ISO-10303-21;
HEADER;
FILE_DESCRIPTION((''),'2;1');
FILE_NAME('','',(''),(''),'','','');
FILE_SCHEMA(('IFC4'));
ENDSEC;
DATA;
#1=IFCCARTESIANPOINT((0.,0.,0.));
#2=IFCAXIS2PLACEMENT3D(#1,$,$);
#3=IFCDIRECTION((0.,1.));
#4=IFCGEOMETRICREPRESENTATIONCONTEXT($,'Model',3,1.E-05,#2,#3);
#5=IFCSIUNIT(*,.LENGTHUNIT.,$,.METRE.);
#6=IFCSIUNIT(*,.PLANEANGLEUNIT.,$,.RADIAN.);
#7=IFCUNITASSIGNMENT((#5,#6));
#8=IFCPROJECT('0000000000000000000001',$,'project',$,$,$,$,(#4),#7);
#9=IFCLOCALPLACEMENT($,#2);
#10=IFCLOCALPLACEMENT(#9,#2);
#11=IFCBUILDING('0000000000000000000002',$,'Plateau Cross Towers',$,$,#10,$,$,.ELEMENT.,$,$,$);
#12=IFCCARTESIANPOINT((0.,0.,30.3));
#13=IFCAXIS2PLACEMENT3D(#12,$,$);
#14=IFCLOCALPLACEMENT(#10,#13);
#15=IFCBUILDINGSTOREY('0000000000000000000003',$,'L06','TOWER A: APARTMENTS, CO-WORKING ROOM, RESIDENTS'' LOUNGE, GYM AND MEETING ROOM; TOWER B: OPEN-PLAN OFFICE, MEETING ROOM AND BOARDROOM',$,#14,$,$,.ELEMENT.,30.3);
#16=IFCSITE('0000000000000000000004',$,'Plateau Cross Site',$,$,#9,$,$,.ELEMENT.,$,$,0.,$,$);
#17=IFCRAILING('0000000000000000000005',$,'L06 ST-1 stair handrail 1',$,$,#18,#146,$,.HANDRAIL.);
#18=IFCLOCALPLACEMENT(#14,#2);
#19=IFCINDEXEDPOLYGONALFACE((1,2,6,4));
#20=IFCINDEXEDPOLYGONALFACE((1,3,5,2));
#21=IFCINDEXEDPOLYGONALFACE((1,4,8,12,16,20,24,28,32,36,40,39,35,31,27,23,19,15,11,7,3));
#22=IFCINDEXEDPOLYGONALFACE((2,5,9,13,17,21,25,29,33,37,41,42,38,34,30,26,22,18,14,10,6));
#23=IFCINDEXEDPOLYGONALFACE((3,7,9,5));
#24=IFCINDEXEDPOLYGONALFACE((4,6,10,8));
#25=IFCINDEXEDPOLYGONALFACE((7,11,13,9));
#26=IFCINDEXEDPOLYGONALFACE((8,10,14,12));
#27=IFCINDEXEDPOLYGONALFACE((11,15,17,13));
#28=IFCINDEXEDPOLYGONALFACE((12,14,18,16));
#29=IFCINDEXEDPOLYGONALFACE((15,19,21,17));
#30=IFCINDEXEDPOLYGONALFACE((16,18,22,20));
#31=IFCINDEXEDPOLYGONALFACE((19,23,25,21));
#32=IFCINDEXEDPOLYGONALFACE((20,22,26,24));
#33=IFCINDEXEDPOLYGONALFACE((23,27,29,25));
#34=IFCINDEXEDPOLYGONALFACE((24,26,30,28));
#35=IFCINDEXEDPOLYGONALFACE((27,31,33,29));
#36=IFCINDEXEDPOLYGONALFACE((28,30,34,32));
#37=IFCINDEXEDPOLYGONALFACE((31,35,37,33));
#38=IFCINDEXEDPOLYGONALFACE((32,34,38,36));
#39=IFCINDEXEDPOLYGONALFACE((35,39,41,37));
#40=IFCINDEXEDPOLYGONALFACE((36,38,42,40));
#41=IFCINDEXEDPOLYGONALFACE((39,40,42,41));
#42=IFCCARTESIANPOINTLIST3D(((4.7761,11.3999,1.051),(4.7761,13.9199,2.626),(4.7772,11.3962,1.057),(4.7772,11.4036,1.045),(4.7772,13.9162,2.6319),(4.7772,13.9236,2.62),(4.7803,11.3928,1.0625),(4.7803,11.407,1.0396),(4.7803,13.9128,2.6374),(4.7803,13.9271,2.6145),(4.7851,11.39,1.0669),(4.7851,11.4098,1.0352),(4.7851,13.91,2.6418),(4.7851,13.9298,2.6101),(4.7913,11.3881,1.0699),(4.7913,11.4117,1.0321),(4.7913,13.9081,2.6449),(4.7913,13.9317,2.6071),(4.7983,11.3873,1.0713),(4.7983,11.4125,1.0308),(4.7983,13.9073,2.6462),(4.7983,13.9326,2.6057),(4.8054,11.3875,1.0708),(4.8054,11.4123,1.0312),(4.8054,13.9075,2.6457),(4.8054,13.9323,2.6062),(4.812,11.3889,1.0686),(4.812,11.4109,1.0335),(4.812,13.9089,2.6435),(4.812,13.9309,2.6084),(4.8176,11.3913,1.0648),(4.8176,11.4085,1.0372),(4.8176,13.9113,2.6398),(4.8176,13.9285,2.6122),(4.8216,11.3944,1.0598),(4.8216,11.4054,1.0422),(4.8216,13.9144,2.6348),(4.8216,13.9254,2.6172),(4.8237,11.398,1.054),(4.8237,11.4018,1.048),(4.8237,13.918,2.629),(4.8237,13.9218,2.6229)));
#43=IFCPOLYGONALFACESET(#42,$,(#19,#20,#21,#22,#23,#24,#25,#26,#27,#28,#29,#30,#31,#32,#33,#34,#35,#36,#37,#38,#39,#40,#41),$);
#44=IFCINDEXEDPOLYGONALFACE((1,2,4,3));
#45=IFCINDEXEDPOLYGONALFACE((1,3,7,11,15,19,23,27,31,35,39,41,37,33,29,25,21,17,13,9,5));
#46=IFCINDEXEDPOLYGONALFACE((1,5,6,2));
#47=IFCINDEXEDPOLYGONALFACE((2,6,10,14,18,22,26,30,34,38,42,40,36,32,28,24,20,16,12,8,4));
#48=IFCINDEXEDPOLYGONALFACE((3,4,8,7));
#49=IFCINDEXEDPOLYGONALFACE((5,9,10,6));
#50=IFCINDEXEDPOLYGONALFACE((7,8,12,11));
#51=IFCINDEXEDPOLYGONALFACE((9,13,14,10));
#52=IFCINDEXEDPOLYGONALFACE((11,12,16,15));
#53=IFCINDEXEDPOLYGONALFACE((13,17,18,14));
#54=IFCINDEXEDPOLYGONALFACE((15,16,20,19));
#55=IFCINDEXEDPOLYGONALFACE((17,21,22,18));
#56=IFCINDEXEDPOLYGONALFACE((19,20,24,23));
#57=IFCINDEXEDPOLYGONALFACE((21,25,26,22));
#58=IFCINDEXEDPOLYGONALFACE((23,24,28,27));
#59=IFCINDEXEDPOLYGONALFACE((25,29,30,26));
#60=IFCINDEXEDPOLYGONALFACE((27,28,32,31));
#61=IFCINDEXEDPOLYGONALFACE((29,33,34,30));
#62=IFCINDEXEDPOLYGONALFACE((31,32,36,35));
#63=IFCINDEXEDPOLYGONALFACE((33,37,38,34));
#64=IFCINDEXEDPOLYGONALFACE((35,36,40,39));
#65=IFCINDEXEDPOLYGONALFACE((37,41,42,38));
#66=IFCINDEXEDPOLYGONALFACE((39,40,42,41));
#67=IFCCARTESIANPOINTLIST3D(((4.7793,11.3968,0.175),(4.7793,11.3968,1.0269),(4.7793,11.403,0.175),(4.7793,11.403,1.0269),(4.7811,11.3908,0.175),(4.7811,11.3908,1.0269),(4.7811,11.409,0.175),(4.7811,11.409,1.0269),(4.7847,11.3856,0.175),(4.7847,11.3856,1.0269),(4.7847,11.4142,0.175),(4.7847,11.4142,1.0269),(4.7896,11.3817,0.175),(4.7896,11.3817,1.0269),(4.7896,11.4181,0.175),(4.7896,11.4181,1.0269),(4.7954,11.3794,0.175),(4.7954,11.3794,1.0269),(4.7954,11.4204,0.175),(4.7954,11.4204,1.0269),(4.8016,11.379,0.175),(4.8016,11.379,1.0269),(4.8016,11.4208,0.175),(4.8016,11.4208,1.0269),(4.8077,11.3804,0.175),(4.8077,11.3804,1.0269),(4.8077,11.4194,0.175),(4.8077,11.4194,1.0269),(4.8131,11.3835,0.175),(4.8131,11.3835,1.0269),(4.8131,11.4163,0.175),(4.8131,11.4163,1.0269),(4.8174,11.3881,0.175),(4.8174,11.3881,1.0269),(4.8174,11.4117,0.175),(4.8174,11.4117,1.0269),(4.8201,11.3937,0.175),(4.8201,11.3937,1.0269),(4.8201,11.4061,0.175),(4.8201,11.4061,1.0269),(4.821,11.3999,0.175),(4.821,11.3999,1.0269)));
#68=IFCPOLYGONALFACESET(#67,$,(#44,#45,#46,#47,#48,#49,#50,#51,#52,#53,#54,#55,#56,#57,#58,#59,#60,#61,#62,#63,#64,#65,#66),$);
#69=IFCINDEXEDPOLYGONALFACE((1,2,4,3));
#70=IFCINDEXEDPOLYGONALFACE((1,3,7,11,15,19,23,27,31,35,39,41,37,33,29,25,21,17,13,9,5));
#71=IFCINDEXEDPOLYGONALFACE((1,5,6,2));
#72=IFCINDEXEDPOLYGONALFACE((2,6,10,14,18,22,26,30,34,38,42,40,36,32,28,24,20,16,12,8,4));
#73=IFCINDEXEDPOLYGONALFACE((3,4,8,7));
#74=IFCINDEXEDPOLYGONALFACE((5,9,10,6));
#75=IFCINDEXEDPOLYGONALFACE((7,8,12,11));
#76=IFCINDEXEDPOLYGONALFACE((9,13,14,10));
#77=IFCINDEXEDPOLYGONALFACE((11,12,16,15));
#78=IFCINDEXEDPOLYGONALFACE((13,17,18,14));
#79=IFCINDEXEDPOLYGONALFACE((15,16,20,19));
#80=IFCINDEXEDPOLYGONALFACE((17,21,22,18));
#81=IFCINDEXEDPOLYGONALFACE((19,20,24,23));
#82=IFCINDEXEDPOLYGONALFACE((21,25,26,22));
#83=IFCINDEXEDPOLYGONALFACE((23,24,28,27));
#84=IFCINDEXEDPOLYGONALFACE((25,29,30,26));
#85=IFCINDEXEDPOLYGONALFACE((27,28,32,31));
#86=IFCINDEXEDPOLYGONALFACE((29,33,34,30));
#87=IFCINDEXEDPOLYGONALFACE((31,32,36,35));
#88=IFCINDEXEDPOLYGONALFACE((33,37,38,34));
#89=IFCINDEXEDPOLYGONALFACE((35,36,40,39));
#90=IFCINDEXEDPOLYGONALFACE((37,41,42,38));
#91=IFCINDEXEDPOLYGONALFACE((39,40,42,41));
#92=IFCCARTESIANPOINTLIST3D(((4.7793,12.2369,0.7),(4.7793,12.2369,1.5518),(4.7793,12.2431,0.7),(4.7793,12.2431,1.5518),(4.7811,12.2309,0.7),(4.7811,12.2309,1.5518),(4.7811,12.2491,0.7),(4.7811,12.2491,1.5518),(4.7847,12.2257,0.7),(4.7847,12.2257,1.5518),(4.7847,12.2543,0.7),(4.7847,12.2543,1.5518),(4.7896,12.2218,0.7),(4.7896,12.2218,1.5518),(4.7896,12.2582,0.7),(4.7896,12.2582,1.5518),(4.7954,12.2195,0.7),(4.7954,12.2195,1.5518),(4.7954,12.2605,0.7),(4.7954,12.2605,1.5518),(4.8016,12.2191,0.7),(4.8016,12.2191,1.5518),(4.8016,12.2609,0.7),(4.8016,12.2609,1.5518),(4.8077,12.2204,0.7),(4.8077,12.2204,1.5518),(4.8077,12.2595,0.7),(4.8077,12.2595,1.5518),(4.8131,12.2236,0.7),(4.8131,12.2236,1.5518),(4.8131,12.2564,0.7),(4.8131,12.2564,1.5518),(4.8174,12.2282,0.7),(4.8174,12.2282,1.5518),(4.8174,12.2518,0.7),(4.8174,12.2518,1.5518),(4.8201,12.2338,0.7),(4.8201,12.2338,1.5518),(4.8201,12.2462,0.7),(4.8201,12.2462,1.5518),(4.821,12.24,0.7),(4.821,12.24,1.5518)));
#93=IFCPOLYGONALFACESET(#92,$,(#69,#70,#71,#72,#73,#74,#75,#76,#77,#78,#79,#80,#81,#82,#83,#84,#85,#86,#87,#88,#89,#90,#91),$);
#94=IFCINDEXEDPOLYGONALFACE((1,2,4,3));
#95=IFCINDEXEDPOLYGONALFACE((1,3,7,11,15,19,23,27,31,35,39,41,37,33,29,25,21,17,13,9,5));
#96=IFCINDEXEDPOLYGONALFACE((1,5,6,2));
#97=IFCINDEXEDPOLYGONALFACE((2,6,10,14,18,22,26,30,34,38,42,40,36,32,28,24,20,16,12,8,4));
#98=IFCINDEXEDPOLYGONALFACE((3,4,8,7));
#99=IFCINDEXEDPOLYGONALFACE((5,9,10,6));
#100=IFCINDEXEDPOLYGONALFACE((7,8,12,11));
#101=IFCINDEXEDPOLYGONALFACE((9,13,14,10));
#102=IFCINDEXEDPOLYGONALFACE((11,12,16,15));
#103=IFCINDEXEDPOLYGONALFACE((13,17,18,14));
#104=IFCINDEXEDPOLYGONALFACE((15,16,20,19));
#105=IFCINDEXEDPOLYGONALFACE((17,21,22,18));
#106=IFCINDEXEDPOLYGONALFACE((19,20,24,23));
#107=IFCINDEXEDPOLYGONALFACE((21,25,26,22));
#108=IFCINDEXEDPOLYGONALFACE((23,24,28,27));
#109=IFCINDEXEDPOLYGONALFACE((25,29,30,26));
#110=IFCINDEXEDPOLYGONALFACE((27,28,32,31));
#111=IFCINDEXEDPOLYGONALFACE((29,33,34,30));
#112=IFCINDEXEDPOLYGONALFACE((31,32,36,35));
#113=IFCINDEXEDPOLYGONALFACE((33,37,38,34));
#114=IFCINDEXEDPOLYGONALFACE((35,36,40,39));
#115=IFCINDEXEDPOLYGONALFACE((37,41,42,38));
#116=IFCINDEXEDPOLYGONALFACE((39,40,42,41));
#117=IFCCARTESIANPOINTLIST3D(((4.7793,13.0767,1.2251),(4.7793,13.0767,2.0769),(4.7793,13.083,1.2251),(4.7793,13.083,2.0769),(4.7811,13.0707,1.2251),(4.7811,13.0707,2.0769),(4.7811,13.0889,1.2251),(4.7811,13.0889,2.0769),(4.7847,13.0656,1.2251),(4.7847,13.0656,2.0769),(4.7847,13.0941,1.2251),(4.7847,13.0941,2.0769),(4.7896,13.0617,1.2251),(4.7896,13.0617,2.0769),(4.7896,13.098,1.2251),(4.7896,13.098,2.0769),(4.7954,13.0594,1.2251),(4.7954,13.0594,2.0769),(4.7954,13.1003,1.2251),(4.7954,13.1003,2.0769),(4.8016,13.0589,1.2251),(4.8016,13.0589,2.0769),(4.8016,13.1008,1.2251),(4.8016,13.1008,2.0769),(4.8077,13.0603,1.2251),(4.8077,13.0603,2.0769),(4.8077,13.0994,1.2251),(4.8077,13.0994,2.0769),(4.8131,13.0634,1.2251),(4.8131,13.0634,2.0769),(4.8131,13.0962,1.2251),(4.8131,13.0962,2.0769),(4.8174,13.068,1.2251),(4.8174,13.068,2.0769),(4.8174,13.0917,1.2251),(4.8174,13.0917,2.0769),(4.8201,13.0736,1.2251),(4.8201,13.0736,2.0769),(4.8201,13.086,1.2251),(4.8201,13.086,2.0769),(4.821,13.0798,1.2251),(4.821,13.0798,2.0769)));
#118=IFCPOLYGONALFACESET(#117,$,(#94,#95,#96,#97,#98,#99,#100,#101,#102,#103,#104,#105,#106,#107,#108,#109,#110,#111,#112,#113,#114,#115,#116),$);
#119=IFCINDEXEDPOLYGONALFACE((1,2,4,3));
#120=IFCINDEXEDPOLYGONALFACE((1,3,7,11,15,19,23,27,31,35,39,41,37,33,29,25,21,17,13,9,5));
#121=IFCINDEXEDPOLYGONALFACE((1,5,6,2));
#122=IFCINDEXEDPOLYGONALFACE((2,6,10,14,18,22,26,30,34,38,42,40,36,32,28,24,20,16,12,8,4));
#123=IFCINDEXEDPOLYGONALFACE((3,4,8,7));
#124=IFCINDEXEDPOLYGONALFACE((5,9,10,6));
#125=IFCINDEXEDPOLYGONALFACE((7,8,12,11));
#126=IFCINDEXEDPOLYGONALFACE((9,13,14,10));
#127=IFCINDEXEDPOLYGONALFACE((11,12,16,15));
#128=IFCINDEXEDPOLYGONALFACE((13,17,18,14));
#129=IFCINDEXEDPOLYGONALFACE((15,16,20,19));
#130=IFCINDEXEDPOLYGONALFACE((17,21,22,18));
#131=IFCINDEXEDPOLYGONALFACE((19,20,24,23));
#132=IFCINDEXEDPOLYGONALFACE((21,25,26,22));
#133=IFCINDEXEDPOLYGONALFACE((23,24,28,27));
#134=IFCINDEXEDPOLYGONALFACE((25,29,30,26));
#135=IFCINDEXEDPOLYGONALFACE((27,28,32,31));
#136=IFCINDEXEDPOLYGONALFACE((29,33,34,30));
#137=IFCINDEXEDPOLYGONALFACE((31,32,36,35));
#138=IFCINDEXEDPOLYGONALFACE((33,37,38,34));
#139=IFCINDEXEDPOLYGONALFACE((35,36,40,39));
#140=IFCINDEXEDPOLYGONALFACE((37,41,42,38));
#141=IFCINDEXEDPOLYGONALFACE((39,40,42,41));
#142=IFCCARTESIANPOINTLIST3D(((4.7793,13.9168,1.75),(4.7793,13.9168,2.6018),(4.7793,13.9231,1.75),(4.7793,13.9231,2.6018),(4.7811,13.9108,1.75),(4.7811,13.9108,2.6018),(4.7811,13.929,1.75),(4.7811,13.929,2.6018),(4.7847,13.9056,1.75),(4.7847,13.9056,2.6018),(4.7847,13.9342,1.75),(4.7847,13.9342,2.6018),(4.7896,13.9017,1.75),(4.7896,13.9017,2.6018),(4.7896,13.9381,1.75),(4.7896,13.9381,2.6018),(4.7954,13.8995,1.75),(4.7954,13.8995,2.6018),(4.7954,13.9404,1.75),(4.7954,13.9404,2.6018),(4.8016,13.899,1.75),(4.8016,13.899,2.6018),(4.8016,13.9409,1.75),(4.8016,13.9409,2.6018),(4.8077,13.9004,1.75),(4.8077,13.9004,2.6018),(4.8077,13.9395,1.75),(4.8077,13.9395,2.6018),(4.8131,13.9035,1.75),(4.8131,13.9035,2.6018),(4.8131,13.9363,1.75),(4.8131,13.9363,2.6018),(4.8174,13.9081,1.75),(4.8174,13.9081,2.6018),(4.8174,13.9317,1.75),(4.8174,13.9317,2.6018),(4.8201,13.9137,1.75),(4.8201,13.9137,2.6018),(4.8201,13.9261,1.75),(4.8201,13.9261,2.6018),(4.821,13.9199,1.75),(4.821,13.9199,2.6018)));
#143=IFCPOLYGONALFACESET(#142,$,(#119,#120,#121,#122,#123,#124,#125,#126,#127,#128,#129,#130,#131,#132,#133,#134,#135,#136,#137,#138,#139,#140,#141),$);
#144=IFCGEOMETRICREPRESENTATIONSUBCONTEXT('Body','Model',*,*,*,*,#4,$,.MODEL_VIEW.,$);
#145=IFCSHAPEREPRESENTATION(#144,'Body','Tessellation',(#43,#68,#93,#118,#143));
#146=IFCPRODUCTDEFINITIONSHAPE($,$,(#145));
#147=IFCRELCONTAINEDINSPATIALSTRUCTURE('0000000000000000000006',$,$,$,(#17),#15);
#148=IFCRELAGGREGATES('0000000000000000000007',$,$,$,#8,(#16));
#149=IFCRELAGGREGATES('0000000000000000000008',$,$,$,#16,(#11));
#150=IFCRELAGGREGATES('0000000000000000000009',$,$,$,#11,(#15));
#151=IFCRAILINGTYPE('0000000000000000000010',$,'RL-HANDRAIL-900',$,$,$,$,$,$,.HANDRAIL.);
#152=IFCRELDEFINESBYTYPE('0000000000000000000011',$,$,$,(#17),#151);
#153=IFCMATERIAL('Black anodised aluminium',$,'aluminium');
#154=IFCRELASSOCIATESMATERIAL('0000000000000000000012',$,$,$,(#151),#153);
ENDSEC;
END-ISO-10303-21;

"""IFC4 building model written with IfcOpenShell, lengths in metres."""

from ifc_helpers import new_model, si_unit, direction, frame, origin, origin_2d, place, context, subcontext, project, spatial, circle, extrude, material, type_object, element, save


model = new_model("IFC4")

# Units and contexts
model_context = context("Model", 3, precision=1e-05, world=origin(), true_north=direction((0.0, 1.0)))
body_context = subcontext(model_context, "Body", "Model", "MODEL_VIEW")
ifc_project = project(units=[si_unit("LENGTHUNIT", "METRE"), si_unit("PLANEANGLEUNIT", "RADIAN")], contexts=[model_context])

# Site, building, storey
site_placement = place(None, origin())
site = spatial("IfcSite", under=ifc_project, at=site_placement, Name="Plateau Cross Site", CompositionType="ELEMENT", RefElevation=0.0)
building_placement = place(site_placement, origin())
building = spatial("IfcBuilding", under=site, at=building_placement, Name="Plateau Cross Towers", CompositionType="ELEMENT")
storey_placement = place(building_placement, frame((0.0, 0.0, 30.3)))
storey = spatial("IfcBuildingStorey", under=building, at=storey_placement, Name="L06", Description="TOWER A: APARTMENTS, CO-WORKING ROOM, RESIDENTS' LOUNGE, GYM AND MEETING ROOM; TOWER B: OPEN-PLAN OFFICE, MEETING ROOM AND BOARDROOM", CompositionType="ELEMENT", Elevation=30.3)

# Shared definitions
ifc_material_1 = material(Name="Black anodised aluminium", Category="aluminium")

# Railing
railing_type_1 = type_object("IfcRailingType", Name="RL-HANDRAIL-900", PredefinedType="HANDRAIL", material=ifc_material_1)
railing_1_placement = place(storey_placement, frame((4.8, 11.3999, 0.175)))
element("IfcRailing", 1, at=railing_1_placement, inside=storey, type_object=railing_type_1, Name="L06 ST-1 stair handrail 1", PredefinedType="HANDRAIL", context=body_context, shape_type="SweptSolid", body=[
    extrude(circle(Radius=0.0239, at=origin_2d()), frame((0.0, 0.0, 0.876), z_axis=(0.0, 0.848008, 0.529984), x_axis=(-1.0, 0.0, 0.0)), (0.0, 0.0, 1.0), 2.9717),
    extrude(circle(Radius=0.021, at=origin_2d()), origin(), (0.0, 0.0, 1.0), 0.8518),
    extrude(circle(Radius=0.021, at=origin_2d()), frame((0.0, 0.8401, 0.5249)), (0.0, 0.0, 1.0), 0.8518),
    extrude(circle(Radius=0.021, at=origin_2d()), frame((0.0, 1.6799, 1.05)), (0.0, 0.0, 1.0), 0.8518),
    extrude(circle(Radius=0.021, at=origin_2d()), frame((0.0, 2.52, 1.575)), (0.0, 0.0, 1.0), 0.8518),
])

save(model, "model.ifc")
